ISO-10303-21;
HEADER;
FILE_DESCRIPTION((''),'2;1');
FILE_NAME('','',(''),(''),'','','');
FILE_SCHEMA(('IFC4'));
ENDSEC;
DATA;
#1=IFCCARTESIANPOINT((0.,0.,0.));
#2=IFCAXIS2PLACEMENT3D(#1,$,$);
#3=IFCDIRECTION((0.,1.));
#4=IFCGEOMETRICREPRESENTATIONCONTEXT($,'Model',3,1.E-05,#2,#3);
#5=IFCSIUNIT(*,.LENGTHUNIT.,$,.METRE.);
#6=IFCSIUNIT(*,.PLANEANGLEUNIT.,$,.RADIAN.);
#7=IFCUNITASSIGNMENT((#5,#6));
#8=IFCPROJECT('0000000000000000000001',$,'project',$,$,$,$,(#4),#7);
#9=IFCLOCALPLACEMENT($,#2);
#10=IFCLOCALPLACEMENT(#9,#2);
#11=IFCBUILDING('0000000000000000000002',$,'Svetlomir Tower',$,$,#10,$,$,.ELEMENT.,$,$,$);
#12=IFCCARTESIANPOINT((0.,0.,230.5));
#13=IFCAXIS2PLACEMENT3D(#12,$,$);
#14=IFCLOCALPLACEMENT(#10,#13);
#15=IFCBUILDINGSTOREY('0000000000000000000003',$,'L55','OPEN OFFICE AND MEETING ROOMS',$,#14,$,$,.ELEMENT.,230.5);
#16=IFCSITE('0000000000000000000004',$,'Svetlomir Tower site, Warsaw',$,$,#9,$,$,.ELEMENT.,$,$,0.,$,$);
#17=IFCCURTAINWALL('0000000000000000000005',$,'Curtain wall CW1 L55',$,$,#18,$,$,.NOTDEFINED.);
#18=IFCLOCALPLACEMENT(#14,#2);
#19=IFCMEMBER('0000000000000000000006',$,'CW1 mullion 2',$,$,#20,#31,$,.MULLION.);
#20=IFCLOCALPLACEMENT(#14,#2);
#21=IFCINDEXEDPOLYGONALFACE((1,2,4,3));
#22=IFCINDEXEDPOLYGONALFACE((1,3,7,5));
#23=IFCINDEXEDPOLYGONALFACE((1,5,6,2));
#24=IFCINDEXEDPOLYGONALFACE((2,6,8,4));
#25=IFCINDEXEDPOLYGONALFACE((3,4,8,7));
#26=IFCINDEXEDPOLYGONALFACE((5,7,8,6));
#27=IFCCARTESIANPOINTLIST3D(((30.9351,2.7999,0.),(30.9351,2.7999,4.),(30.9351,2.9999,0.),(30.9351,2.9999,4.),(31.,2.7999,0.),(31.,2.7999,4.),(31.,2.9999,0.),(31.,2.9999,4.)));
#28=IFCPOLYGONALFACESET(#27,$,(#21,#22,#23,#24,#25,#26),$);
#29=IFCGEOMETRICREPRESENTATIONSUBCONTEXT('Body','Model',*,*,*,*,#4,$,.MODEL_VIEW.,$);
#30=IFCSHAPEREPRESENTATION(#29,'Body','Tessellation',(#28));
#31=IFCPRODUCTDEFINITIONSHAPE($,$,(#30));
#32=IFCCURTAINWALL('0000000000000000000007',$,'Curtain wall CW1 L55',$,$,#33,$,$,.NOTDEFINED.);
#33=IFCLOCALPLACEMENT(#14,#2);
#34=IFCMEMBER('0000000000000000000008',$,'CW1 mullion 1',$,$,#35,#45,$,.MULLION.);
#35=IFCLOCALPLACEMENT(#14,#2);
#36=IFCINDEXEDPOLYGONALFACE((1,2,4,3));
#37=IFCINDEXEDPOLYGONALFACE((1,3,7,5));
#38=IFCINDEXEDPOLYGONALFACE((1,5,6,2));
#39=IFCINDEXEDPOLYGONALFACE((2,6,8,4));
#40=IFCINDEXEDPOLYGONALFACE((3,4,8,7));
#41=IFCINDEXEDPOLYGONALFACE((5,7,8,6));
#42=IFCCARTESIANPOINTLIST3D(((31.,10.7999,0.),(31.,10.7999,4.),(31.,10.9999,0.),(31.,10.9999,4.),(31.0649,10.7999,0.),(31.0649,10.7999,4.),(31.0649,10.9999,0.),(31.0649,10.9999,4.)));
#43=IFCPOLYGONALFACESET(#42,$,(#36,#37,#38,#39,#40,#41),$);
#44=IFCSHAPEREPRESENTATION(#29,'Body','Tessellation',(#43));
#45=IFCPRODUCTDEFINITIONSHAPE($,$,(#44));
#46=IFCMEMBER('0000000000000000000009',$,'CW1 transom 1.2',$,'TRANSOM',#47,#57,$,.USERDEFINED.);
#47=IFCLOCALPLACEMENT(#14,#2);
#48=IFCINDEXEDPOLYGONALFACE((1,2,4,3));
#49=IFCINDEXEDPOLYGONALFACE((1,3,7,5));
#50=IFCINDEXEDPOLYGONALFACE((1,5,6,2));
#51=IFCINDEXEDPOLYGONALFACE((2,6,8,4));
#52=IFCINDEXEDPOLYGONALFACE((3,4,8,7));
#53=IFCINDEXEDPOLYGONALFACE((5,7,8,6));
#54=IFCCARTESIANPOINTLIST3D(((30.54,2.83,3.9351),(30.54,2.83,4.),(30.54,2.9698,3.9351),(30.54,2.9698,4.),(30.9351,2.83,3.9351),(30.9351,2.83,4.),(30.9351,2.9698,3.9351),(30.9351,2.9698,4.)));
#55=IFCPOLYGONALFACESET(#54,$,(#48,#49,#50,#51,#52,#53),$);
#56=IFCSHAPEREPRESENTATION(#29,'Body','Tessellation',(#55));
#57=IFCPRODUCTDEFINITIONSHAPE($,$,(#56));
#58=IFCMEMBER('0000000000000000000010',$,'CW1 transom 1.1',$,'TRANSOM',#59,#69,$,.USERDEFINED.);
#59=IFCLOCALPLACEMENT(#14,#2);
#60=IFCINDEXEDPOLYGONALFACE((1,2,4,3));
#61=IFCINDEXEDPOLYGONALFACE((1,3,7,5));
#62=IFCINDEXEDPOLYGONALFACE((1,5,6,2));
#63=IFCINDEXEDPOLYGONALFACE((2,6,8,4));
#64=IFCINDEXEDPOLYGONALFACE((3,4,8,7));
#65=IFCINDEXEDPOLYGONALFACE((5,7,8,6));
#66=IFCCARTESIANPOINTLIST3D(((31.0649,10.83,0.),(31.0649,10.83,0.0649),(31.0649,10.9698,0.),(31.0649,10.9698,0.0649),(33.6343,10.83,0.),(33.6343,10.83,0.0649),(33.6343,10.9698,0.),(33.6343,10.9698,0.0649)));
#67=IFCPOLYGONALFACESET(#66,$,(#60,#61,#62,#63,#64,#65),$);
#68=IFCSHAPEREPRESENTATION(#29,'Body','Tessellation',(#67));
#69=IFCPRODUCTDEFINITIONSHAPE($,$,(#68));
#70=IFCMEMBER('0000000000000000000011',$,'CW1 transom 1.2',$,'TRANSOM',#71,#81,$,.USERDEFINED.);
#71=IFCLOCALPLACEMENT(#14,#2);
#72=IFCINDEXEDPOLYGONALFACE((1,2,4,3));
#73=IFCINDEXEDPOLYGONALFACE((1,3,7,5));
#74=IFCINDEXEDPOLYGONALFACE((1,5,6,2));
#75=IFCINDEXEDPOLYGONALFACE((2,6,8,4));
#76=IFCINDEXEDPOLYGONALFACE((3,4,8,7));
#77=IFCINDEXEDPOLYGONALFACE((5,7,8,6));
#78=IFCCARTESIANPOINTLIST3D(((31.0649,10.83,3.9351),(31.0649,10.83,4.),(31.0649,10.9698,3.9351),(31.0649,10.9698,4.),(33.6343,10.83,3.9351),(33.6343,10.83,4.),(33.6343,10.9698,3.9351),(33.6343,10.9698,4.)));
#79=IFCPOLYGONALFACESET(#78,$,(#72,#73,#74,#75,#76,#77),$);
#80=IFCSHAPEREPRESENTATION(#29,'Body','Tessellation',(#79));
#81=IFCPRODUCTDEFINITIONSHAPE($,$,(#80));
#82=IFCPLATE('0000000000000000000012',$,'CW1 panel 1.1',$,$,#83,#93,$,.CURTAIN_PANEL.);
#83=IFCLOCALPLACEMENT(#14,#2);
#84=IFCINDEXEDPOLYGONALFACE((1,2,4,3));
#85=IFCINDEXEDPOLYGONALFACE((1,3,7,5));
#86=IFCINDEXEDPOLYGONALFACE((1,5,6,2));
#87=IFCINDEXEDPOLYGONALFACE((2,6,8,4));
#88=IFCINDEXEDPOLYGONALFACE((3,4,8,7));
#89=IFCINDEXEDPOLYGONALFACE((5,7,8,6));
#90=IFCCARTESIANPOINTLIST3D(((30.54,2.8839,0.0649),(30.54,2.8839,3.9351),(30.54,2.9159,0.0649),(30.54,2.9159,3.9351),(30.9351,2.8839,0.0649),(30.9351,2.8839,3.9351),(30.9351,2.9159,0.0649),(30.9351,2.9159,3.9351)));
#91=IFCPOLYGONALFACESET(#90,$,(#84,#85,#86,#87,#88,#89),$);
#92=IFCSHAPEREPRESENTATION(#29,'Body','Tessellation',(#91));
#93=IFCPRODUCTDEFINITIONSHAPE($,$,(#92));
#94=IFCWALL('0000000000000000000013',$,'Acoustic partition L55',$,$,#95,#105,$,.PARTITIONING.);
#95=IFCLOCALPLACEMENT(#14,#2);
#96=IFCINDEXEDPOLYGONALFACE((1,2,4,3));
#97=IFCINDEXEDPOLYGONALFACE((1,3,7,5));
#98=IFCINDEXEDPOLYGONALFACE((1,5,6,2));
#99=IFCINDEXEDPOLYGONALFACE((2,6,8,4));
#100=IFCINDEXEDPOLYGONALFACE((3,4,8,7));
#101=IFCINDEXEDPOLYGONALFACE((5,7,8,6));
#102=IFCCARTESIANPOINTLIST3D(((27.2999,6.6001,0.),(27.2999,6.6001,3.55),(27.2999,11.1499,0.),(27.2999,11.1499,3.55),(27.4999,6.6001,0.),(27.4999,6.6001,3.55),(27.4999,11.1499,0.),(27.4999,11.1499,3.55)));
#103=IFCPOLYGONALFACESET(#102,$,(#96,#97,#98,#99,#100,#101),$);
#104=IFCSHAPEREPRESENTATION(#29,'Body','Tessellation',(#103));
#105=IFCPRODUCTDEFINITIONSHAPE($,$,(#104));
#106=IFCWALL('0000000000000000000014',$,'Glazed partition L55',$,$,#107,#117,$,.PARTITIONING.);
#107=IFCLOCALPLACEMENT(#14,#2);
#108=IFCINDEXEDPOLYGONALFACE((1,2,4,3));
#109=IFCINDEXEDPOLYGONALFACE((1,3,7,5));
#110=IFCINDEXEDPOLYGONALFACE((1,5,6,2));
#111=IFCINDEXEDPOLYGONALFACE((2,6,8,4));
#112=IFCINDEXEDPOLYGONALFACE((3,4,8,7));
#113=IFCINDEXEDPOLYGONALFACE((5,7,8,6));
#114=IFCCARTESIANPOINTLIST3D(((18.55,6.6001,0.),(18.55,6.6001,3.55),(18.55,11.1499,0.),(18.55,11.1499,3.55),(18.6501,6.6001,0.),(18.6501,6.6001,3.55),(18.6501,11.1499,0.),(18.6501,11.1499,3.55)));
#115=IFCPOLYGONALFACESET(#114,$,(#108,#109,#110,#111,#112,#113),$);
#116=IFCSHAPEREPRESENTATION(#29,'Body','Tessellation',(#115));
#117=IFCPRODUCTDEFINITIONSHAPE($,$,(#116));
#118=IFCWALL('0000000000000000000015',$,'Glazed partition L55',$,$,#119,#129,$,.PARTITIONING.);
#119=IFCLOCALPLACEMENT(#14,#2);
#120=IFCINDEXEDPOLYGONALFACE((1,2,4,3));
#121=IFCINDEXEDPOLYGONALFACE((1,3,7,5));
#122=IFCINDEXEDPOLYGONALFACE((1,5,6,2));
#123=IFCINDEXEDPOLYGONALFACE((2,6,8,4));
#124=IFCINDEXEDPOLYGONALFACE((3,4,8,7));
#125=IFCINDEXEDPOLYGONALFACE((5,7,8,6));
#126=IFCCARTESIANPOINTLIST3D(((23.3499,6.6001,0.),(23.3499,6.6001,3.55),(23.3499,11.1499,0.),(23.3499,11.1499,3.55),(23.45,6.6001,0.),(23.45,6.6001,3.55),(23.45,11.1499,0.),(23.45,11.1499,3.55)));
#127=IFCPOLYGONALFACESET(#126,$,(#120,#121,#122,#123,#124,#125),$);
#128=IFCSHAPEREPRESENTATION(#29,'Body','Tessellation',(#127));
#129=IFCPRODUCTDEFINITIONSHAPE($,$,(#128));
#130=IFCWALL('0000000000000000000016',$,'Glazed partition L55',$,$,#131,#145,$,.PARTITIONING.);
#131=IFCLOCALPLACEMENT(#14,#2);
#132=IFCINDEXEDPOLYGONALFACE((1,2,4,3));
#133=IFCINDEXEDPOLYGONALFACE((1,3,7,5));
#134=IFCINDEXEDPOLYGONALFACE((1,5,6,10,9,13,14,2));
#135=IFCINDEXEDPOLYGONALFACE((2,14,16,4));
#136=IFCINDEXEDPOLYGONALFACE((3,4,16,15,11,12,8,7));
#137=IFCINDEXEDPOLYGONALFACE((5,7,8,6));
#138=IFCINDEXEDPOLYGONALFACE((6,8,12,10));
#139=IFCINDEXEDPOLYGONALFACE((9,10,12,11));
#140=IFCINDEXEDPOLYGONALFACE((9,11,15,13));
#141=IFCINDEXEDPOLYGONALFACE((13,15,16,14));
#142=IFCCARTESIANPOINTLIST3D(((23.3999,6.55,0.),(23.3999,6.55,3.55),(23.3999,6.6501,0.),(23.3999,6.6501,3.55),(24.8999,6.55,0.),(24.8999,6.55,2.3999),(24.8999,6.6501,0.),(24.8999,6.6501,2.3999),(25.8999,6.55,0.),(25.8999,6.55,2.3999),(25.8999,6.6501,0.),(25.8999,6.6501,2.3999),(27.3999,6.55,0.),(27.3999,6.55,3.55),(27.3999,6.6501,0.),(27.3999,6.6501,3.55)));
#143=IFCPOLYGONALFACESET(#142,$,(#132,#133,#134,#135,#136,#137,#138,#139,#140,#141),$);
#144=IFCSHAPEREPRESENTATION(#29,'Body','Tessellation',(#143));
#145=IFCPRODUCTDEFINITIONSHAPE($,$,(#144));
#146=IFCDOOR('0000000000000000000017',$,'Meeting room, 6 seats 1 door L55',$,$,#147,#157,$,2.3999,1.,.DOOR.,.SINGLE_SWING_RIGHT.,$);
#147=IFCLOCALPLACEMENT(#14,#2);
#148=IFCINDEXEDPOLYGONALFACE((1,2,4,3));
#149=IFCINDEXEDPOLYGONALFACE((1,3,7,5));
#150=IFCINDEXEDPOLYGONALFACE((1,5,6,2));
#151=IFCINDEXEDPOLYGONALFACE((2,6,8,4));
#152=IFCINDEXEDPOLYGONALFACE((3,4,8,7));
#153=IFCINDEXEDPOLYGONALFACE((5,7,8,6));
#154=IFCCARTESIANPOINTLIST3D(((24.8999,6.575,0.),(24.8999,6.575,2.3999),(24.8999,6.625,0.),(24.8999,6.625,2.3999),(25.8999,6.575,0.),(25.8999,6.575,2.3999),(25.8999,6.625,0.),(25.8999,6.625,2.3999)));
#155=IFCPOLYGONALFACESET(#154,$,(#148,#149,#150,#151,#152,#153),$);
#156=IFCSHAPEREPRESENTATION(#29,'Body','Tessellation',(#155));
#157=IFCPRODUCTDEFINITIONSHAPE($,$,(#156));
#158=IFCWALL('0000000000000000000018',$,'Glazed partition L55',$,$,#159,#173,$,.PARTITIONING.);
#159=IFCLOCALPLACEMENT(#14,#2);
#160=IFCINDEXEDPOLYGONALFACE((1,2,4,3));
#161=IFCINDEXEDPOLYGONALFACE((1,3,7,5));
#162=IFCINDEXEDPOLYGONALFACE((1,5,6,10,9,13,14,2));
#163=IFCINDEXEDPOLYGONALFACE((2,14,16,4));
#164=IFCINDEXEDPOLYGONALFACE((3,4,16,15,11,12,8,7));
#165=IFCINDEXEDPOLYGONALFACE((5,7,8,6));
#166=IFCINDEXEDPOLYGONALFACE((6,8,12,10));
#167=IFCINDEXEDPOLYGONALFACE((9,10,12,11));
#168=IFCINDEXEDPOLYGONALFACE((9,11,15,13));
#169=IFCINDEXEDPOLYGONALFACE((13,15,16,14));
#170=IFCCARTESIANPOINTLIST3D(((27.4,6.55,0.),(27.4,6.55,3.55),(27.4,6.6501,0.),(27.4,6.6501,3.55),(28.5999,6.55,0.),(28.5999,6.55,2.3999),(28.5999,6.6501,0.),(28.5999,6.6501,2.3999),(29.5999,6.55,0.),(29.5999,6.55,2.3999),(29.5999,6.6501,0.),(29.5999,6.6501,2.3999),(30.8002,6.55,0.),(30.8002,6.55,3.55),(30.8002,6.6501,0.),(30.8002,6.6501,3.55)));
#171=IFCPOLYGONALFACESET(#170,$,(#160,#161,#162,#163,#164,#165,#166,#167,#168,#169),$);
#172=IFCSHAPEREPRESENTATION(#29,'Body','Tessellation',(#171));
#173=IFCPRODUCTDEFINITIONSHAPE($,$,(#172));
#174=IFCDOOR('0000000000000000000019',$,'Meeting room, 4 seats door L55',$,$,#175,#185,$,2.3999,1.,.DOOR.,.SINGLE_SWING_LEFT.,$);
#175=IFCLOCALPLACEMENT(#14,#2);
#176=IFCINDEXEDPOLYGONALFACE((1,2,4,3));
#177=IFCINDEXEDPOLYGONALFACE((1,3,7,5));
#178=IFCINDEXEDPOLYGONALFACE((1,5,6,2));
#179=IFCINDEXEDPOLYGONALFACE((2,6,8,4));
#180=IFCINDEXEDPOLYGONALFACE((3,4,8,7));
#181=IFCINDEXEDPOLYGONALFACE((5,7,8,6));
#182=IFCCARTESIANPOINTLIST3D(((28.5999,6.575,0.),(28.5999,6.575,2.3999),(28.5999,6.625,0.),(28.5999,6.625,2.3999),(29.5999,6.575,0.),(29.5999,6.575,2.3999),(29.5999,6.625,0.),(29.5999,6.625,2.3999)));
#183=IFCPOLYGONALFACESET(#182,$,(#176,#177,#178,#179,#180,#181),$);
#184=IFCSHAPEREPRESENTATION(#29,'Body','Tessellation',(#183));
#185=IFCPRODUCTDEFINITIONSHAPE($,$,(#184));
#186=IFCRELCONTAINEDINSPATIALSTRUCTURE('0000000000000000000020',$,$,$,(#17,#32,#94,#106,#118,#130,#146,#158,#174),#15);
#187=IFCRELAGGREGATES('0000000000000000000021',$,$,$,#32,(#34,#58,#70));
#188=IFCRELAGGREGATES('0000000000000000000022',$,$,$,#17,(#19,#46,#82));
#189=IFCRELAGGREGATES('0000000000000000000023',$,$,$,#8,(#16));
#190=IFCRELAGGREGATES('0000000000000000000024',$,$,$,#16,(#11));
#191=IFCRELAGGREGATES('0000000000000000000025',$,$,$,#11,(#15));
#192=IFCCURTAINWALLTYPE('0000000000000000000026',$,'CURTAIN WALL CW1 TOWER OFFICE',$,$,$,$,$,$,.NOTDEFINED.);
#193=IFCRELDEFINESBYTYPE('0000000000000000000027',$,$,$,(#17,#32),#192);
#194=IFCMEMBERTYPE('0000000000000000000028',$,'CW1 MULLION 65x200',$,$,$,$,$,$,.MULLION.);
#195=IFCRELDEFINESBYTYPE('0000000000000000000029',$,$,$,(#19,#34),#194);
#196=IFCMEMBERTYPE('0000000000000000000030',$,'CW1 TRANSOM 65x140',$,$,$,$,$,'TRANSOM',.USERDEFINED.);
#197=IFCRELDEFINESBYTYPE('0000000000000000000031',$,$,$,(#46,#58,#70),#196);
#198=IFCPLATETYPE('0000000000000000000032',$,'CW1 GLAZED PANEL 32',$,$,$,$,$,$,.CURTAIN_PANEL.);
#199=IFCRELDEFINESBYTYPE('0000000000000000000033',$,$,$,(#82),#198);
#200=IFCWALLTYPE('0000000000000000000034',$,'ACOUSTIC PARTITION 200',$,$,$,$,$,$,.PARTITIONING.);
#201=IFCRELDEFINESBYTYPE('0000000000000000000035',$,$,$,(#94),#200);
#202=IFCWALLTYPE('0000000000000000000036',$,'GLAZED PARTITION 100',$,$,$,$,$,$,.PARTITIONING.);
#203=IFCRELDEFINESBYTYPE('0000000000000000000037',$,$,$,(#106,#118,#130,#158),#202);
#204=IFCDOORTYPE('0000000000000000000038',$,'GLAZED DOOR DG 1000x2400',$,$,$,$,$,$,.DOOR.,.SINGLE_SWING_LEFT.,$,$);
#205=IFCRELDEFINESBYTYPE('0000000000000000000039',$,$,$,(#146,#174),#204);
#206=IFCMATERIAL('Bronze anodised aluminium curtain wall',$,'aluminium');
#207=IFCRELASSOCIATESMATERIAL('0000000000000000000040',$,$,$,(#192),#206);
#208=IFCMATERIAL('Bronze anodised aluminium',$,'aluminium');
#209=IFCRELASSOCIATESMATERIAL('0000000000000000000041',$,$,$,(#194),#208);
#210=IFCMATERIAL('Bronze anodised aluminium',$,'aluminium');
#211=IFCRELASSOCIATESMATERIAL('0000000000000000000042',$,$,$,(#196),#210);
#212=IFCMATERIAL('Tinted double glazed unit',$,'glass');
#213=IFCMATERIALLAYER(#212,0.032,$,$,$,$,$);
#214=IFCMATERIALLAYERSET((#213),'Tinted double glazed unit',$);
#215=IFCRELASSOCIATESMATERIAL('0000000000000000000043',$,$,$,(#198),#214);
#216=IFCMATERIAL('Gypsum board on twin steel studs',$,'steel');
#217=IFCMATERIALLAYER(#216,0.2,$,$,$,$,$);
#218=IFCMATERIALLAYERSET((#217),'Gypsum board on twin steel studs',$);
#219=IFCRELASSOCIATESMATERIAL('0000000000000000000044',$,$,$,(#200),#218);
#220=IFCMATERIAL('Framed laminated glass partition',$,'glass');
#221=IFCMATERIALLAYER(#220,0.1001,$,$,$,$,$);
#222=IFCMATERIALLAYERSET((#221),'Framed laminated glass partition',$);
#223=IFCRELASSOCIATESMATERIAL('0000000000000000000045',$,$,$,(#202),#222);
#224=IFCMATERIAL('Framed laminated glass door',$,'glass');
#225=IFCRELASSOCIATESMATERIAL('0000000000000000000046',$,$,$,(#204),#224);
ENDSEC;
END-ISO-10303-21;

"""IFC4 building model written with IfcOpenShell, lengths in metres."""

from ifc_helpers import new_model, si_unit, direction, frame, frame_2d, origin, origin_2d, place, context, subcontext, project, spatial, rectangle, extrude, material, layer, layer_set, material_profile, profile_set, type_object, element, fill, aggregate, save


model = new_model("IFC4")

# Units and contexts
model_context = context("Model", 3, precision=1e-05, world=origin(), true_north=direction((0.0, 1.0)))
body_context = subcontext(model_context, "Body", "Model", "MODEL_VIEW")
ifc_project = project(units=[si_unit("LENGTHUNIT", "METRE"), si_unit("PLANEANGLEUNIT", "RADIAN")], contexts=[model_context])

# Site, building, storey
site_placement = place(None, origin())
site = spatial("IfcSite", under=ifc_project, at=site_placement, Name="Svetlomir Tower site, Warsaw", CompositionType="ELEMENT", RefElevation=0.0)
building_placement = place(site_placement, origin())
building = spatial("IfcBuilding", under=site, at=building_placement, Name="Svetlomir Tower", CompositionType="ELEMENT")
storey_placement = place(building_placement, frame((0.0, 0.0, 230.5)))
storey = spatial("IfcBuildingStorey", under=building, at=storey_placement, Name="L55", Description="OPEN OFFICE AND MEETING ROOMS", CompositionType="ELEMENT", Elevation=230.5)

# Curtain walls, members
ifc_material_1 = material(Name="Bronze anodised aluminium curtain wall", Category="aluminium")
curtain_wall_type = type_object("IfcCurtainWallType", Name="CURTAIN WALL CW1 TOWER OFFICE", PredefinedType="NOTDEFINED", material=ifc_material_1)
curtain_wall_1_placement = place(storey_placement, origin())
curtain_wall_1 = element("IfcCurtainWall", 1, at=curtain_wall_1_placement, inside=storey, type_object=curtain_wall_type, Name="Curtain wall CW1 L55", PredefinedType="NOTDEFINED")
ifc_material_2 = material(Name="Bronze anodised aluminium", Category="aluminium")
ifc_material_profile_1 = material_profile(ifc_material_2, rectangle(XDim=0.0649, YDim=0.2, at=origin_2d()), Name="AL 65x200")
ifc_profile_set_1 = profile_set([ifc_material_profile_1], Name="Bronze anodised aluminium 6063-T6")
member_type_1 = type_object("IfcMemberType", Name="CW1 MULLION 65x200", PredefinedType="MULLION", material=ifc_profile_set_1)
member_1_placement = place(storey_placement, frame((30.9675, 2.8999, 0.0), z_axis=(0.0, 0.0, 1.0), x_axis=(1.0, 0.0, 0.0)))
member_1 = element("IfcMember", 2, at=member_1_placement, type_object=member_type_1, Name="CW1 mullion 2", PredefinedType="MULLION", context=body_context, shape_type="SweptSolid", body=[
    extrude(rectangle(XDim=0.0649, YDim=0.2, at=origin_2d()), origin(), (0.0, 0.0, 1.0), 4.0),
])
curtain_wall_2_placement = place(storey_placement, origin())
curtain_wall_2 = element("IfcCurtainWall", 3, at=curtain_wall_2_placement, inside=storey, type_object=curtain_wall_type, Name="Curtain wall CW1 L55", PredefinedType="NOTDEFINED")
member_2_placement = place(storey_placement, frame((31.0325, 10.8999, 0.0), z_axis=(0.0, 0.0, 1.0), x_axis=(1.0, 0.0, 0.0)))
member_2 = element("IfcMember", 4, at=member_2_placement, type_object=member_type_1, Name="CW1 mullion 1", PredefinedType="MULLION", context=body_context, shape_type="SweptSolid", body=[
    extrude(rectangle(XDim=0.0649, YDim=0.2, at=origin_2d()), origin(), (0.0, 0.0, 1.0), 4.0),
])

# Members
ifc_material_3 = material(Name="Bronze anodised aluminium", Category="aluminium")
ifc_material_profile_2 = material_profile(ifc_material_3, rectangle(XDim=0.1399, YDim=0.0649, at=origin_2d()), Name="AL 140x65")
ifc_profile_set_2 = profile_set([ifc_material_profile_2], Name="Bronze anodised aluminium 6063-T6")
member_type_2 = type_object("IfcMemberType", Name="CW1 TRANSOM 65x140", ElementType="TRANSOM", PredefinedType="USERDEFINED", material=ifc_profile_set_2)
member_3_placement = place(storey_placement, frame((30.54, 2.8999, 3.9675), z_axis=(1.0, 0.0, 0.0), x_axis=(0.0, 1.0, 0.0)))
member_3 = element("IfcMember", 5, at=member_3_placement, type_object=member_type_2, Name="CW1 transom 1.2", ObjectType="TRANSOM", PredefinedType="USERDEFINED", context=body_context, shape_type="SweptSolid", body=[
    extrude(rectangle(XDim=0.1399, YDim=0.0649, at=origin_2d()), origin(), (0.0, 0.0, 1.0), 0.395),
])
member_4_placement = place(storey_placement, frame((31.0649, 10.8999, 0.0325), z_axis=(1.0, 0.0, 0.0), x_axis=(0.0, 1.0, 0.0)))
member_4 = element("IfcMember", 6, at=member_4_placement, type_object=member_type_2, Name="CW1 transom 1.1", ObjectType="TRANSOM", PredefinedType="USERDEFINED", context=body_context, shape_type="SweptSolid", body=[
    extrude(rectangle(XDim=0.1399, YDim=0.0649, at=origin_2d()), origin(), (0.0, 0.0, 1.0), 2.5693),
])
member_5_placement = place(storey_placement, frame((31.0649, 10.8999, 3.9675), z_axis=(1.0, 0.0, 0.0), x_axis=(0.0, 1.0, 0.0)))
member_5 = element("IfcMember", 7, at=member_5_placement, type_object=member_type_2, Name="CW1 transom 1.2", ObjectType="TRANSOM", PredefinedType="USERDEFINED", context=body_context, shape_type="SweptSolid", body=[
    extrude(rectangle(XDim=0.1399, YDim=0.0649, at=origin_2d()), origin(), (0.0, 0.0, 1.0), 2.5693),
])
aggregate(curtain_wall_2, [member_2, member_4, member_5])

# Plate
ifc_material_4 = material(Name="Tinted double glazed unit", Category="glass")
ifc_layer_1 = layer(ifc_material_4, 0.032)
ifc_layer_set_1 = layer_set([ifc_layer_1], Name="Tinted double glazed unit")
plate_type = type_object("IfcPlateType", Name="CW1 GLAZED PANEL 32", PredefinedType="CURTAIN_PANEL", material=ifc_layer_set_1)
plate_placement = place(storey_placement, frame((30.7375, 2.8999, 0.0649), z_axis=(0.0, 0.0, 1.0), x_axis=(1.0, 0.0, 0.0)))
plate = element("IfcPlate", 8, at=plate_placement, type_object=plate_type, Name="CW1 panel 1.1", PredefinedType="CURTAIN_PANEL", context=body_context, shape_type="SweptSolid", body=[
    extrude(rectangle(XDim=0.395, YDim=0.032, at=origin_2d()), origin(), (0.0, 0.0, 1.0), 3.8701),
])
aggregate(curtain_wall_1, [member_1, member_3, plate])

# Walls
ifc_material_5 = material(Name="Gypsum board on twin steel studs", Category="steel")
ifc_layer_2 = layer(ifc_material_5, 0.2)
ifc_layer_set_2 = layer_set([ifc_layer_2], Name="Gypsum board on twin steel studs")
wall_type_1 = type_object("IfcWallType", Name="ACOUSTIC PARTITION 200", PredefinedType="PARTITIONING", material=ifc_layer_set_2)
wall_1_placement = place(storey_placement, frame((27.3999, 6.6001, 0.0), z_axis=(0.0, 0.0, 1.0), x_axis=(0.0, 1.0, 0.0)))
element("IfcWall", 9, at=wall_1_placement, inside=storey, type_object=wall_type_1, Name="Acoustic partition L55", PredefinedType="PARTITIONING", context=body_context, shape_type="SweptSolid", body=[
    extrude(rectangle(XDim=4.5498, YDim=0.2, at=frame_2d((2.2749, 0.0))), origin(), (0.0, 0.0, 1.0), 3.55),
])
ifc_material_6 = material(Name="Framed laminated glass partition", Category="glass")
ifc_layer_3 = layer(ifc_material_6, 0.1001)
ifc_layer_set_3 = layer_set([ifc_layer_3], Name="Framed laminated glass partition")
wall_type_2 = type_object("IfcWallType", Name="GLAZED PARTITION 100", PredefinedType="PARTITIONING", material=ifc_layer_set_3)
for number, where, z_axis, x_axis, name in (
    (10, (18.6001, 6.6001, 0.0), (0.0, 0.0, 1.0), (0.0, 1.0, 0.0), "Glazed partition L55"),
    (11, (23.3999, 6.6001, 0.0), (0.0, 0.0, 1.0), (0.0, 1.0, 0.0), "Glazed partition L55"),
):
    element("IfcWall", number, at=place(storey_placement, frame(where, z_axis=z_axis, x_axis=x_axis)), inside=storey, type_object=wall_type_2, Name=name, PredefinedType="PARTITIONING", context=body_context, shape_type="SweptSolid", body=[
        extrude(rectangle(XDim=4.5498, YDim=0.1001, at=frame_2d((2.2749, 0.0))), origin(), (0.0, 0.0, 1.0), 3.55),
    ])

# Walls, openings, doors
wall_2_placement = place(storey_placement, frame((23.3999, 6.6001, 0.0), z_axis=(0.0, 0.0, 1.0), x_axis=(1.0, 0.0, 0.0)))
wall_2 = element("IfcWall", 12, at=wall_2_placement, inside=storey, type_object=wall_type_2, Name="Glazed partition L55", PredefinedType="PARTITIONING", context=body_context, shape_type="SweptSolid", body=[
    extrude(rectangle(XDim=4.0, YDim=0.1001, at=frame_2d((2.0, 0.0))), origin(), (0.0, 0.0, 1.0), 3.55),
])
opening_1_placement = place(wall_2_placement, frame((1.5, 0.0, 0.0)))
opening_1 = element("IfcOpeningElement", 13, at=opening_1_placement, cuts=wall_2, PredefinedType="OPENING", context=body_context, shape_type="SweptSolid", body=[
    extrude(rectangle(XDim=1.0, YDim=2.3999, at=frame_2d((0.5, 1.2))), frame((0.0, 0.0601, 0.0), z_axis=(0.0, -1.0, 0.0), x_axis=(1.0, 0.0, 0.0)), (0.0, 0.0, 1.0), 0.1201),
])
ifc_material_7 = material(Name="Framed laminated glass door", Category="glass")
door_type = type_object("IfcDoorType", Name="GLAZED DOOR DG 1000x2400", OperationType="SINGLE_SWING_LEFT", PredefinedType="DOOR", material=ifc_material_7)
door_1_placement = place(opening_1_placement, origin())
door_1 = element("IfcDoor", 14, at=door_1_placement, inside=storey, type_object=door_type, Name="Meeting room, 6 seats 1 door L55", OperationType="SINGLE_SWING_RIGHT", OverallHeight=2.3999, OverallWidth=1.0, PredefinedType="DOOR", context=body_context, shape_type="SweptSolid", body=[
    extrude(rectangle(XDim=1.0, YDim=2.3999, at=frame_2d((0.5, 1.2))), frame((0.0, 0.0249, 0.0), z_axis=(0.0, -1.0, 0.0), x_axis=(1.0, 0.0, 0.0)), (0.0, 0.0, 1.0), 0.05),
])
fill(opening_1, door_1)
wall_3_placement = place(storey_placement, frame((27.3999, 6.6001, 0.0), z_axis=(0.0, 0.0, 1.0), x_axis=(1.0, 0.0, 0.0)))
wall_3 = element("IfcWall", 15, at=wall_3_placement, inside=storey, type_object=wall_type_2, Name="Glazed partition L55", PredefinedType="PARTITIONING", context=body_context, shape_type="SweptSolid", body=[
    extrude(rectangle(XDim=3.4001, YDim=0.1001, at=frame_2d((1.7002, 0.0))), origin(), (0.0, 0.0, 1.0), 3.55),
])
opening_2_placement = place(wall_3_placement, frame((1.2, 0.0, 0.0)))
opening_2 = element("IfcOpeningElement", 16, at=opening_2_placement, cuts=wall_3, PredefinedType="OPENING", context=body_context, shape_type="SweptSolid", body=[
    extrude(rectangle(XDim=1.0, YDim=2.3999, at=frame_2d((0.5, 1.2))), frame((0.0, 0.0601, 0.0), z_axis=(0.0, -1.0, 0.0), x_axis=(1.0, 0.0, 0.0)), (0.0, 0.0, 1.0), 0.1201),
])
door_2_placement = place(opening_2_placement, origin())
door_2 = element("IfcDoor", 17, at=door_2_placement, inside=storey, type_object=door_type, Name="Meeting room, 4 seats door L55", OperationType="SINGLE_SWING_LEFT", OverallHeight=2.3999, OverallWidth=1.0, PredefinedType="DOOR", context=body_context, shape_type="SweptSolid", body=[
    extrude(rectangle(XDim=1.0, YDim=2.3999, at=frame_2d((0.5, 1.2))), frame((0.0, 0.0249, 0.0), z_axis=(0.0, -1.0, 0.0), x_axis=(1.0, 0.0, 0.0)), (0.0, 0.0, 1.0), 0.05),
])
fill(opening_2, door_2)

save(model, "model.ifc")
